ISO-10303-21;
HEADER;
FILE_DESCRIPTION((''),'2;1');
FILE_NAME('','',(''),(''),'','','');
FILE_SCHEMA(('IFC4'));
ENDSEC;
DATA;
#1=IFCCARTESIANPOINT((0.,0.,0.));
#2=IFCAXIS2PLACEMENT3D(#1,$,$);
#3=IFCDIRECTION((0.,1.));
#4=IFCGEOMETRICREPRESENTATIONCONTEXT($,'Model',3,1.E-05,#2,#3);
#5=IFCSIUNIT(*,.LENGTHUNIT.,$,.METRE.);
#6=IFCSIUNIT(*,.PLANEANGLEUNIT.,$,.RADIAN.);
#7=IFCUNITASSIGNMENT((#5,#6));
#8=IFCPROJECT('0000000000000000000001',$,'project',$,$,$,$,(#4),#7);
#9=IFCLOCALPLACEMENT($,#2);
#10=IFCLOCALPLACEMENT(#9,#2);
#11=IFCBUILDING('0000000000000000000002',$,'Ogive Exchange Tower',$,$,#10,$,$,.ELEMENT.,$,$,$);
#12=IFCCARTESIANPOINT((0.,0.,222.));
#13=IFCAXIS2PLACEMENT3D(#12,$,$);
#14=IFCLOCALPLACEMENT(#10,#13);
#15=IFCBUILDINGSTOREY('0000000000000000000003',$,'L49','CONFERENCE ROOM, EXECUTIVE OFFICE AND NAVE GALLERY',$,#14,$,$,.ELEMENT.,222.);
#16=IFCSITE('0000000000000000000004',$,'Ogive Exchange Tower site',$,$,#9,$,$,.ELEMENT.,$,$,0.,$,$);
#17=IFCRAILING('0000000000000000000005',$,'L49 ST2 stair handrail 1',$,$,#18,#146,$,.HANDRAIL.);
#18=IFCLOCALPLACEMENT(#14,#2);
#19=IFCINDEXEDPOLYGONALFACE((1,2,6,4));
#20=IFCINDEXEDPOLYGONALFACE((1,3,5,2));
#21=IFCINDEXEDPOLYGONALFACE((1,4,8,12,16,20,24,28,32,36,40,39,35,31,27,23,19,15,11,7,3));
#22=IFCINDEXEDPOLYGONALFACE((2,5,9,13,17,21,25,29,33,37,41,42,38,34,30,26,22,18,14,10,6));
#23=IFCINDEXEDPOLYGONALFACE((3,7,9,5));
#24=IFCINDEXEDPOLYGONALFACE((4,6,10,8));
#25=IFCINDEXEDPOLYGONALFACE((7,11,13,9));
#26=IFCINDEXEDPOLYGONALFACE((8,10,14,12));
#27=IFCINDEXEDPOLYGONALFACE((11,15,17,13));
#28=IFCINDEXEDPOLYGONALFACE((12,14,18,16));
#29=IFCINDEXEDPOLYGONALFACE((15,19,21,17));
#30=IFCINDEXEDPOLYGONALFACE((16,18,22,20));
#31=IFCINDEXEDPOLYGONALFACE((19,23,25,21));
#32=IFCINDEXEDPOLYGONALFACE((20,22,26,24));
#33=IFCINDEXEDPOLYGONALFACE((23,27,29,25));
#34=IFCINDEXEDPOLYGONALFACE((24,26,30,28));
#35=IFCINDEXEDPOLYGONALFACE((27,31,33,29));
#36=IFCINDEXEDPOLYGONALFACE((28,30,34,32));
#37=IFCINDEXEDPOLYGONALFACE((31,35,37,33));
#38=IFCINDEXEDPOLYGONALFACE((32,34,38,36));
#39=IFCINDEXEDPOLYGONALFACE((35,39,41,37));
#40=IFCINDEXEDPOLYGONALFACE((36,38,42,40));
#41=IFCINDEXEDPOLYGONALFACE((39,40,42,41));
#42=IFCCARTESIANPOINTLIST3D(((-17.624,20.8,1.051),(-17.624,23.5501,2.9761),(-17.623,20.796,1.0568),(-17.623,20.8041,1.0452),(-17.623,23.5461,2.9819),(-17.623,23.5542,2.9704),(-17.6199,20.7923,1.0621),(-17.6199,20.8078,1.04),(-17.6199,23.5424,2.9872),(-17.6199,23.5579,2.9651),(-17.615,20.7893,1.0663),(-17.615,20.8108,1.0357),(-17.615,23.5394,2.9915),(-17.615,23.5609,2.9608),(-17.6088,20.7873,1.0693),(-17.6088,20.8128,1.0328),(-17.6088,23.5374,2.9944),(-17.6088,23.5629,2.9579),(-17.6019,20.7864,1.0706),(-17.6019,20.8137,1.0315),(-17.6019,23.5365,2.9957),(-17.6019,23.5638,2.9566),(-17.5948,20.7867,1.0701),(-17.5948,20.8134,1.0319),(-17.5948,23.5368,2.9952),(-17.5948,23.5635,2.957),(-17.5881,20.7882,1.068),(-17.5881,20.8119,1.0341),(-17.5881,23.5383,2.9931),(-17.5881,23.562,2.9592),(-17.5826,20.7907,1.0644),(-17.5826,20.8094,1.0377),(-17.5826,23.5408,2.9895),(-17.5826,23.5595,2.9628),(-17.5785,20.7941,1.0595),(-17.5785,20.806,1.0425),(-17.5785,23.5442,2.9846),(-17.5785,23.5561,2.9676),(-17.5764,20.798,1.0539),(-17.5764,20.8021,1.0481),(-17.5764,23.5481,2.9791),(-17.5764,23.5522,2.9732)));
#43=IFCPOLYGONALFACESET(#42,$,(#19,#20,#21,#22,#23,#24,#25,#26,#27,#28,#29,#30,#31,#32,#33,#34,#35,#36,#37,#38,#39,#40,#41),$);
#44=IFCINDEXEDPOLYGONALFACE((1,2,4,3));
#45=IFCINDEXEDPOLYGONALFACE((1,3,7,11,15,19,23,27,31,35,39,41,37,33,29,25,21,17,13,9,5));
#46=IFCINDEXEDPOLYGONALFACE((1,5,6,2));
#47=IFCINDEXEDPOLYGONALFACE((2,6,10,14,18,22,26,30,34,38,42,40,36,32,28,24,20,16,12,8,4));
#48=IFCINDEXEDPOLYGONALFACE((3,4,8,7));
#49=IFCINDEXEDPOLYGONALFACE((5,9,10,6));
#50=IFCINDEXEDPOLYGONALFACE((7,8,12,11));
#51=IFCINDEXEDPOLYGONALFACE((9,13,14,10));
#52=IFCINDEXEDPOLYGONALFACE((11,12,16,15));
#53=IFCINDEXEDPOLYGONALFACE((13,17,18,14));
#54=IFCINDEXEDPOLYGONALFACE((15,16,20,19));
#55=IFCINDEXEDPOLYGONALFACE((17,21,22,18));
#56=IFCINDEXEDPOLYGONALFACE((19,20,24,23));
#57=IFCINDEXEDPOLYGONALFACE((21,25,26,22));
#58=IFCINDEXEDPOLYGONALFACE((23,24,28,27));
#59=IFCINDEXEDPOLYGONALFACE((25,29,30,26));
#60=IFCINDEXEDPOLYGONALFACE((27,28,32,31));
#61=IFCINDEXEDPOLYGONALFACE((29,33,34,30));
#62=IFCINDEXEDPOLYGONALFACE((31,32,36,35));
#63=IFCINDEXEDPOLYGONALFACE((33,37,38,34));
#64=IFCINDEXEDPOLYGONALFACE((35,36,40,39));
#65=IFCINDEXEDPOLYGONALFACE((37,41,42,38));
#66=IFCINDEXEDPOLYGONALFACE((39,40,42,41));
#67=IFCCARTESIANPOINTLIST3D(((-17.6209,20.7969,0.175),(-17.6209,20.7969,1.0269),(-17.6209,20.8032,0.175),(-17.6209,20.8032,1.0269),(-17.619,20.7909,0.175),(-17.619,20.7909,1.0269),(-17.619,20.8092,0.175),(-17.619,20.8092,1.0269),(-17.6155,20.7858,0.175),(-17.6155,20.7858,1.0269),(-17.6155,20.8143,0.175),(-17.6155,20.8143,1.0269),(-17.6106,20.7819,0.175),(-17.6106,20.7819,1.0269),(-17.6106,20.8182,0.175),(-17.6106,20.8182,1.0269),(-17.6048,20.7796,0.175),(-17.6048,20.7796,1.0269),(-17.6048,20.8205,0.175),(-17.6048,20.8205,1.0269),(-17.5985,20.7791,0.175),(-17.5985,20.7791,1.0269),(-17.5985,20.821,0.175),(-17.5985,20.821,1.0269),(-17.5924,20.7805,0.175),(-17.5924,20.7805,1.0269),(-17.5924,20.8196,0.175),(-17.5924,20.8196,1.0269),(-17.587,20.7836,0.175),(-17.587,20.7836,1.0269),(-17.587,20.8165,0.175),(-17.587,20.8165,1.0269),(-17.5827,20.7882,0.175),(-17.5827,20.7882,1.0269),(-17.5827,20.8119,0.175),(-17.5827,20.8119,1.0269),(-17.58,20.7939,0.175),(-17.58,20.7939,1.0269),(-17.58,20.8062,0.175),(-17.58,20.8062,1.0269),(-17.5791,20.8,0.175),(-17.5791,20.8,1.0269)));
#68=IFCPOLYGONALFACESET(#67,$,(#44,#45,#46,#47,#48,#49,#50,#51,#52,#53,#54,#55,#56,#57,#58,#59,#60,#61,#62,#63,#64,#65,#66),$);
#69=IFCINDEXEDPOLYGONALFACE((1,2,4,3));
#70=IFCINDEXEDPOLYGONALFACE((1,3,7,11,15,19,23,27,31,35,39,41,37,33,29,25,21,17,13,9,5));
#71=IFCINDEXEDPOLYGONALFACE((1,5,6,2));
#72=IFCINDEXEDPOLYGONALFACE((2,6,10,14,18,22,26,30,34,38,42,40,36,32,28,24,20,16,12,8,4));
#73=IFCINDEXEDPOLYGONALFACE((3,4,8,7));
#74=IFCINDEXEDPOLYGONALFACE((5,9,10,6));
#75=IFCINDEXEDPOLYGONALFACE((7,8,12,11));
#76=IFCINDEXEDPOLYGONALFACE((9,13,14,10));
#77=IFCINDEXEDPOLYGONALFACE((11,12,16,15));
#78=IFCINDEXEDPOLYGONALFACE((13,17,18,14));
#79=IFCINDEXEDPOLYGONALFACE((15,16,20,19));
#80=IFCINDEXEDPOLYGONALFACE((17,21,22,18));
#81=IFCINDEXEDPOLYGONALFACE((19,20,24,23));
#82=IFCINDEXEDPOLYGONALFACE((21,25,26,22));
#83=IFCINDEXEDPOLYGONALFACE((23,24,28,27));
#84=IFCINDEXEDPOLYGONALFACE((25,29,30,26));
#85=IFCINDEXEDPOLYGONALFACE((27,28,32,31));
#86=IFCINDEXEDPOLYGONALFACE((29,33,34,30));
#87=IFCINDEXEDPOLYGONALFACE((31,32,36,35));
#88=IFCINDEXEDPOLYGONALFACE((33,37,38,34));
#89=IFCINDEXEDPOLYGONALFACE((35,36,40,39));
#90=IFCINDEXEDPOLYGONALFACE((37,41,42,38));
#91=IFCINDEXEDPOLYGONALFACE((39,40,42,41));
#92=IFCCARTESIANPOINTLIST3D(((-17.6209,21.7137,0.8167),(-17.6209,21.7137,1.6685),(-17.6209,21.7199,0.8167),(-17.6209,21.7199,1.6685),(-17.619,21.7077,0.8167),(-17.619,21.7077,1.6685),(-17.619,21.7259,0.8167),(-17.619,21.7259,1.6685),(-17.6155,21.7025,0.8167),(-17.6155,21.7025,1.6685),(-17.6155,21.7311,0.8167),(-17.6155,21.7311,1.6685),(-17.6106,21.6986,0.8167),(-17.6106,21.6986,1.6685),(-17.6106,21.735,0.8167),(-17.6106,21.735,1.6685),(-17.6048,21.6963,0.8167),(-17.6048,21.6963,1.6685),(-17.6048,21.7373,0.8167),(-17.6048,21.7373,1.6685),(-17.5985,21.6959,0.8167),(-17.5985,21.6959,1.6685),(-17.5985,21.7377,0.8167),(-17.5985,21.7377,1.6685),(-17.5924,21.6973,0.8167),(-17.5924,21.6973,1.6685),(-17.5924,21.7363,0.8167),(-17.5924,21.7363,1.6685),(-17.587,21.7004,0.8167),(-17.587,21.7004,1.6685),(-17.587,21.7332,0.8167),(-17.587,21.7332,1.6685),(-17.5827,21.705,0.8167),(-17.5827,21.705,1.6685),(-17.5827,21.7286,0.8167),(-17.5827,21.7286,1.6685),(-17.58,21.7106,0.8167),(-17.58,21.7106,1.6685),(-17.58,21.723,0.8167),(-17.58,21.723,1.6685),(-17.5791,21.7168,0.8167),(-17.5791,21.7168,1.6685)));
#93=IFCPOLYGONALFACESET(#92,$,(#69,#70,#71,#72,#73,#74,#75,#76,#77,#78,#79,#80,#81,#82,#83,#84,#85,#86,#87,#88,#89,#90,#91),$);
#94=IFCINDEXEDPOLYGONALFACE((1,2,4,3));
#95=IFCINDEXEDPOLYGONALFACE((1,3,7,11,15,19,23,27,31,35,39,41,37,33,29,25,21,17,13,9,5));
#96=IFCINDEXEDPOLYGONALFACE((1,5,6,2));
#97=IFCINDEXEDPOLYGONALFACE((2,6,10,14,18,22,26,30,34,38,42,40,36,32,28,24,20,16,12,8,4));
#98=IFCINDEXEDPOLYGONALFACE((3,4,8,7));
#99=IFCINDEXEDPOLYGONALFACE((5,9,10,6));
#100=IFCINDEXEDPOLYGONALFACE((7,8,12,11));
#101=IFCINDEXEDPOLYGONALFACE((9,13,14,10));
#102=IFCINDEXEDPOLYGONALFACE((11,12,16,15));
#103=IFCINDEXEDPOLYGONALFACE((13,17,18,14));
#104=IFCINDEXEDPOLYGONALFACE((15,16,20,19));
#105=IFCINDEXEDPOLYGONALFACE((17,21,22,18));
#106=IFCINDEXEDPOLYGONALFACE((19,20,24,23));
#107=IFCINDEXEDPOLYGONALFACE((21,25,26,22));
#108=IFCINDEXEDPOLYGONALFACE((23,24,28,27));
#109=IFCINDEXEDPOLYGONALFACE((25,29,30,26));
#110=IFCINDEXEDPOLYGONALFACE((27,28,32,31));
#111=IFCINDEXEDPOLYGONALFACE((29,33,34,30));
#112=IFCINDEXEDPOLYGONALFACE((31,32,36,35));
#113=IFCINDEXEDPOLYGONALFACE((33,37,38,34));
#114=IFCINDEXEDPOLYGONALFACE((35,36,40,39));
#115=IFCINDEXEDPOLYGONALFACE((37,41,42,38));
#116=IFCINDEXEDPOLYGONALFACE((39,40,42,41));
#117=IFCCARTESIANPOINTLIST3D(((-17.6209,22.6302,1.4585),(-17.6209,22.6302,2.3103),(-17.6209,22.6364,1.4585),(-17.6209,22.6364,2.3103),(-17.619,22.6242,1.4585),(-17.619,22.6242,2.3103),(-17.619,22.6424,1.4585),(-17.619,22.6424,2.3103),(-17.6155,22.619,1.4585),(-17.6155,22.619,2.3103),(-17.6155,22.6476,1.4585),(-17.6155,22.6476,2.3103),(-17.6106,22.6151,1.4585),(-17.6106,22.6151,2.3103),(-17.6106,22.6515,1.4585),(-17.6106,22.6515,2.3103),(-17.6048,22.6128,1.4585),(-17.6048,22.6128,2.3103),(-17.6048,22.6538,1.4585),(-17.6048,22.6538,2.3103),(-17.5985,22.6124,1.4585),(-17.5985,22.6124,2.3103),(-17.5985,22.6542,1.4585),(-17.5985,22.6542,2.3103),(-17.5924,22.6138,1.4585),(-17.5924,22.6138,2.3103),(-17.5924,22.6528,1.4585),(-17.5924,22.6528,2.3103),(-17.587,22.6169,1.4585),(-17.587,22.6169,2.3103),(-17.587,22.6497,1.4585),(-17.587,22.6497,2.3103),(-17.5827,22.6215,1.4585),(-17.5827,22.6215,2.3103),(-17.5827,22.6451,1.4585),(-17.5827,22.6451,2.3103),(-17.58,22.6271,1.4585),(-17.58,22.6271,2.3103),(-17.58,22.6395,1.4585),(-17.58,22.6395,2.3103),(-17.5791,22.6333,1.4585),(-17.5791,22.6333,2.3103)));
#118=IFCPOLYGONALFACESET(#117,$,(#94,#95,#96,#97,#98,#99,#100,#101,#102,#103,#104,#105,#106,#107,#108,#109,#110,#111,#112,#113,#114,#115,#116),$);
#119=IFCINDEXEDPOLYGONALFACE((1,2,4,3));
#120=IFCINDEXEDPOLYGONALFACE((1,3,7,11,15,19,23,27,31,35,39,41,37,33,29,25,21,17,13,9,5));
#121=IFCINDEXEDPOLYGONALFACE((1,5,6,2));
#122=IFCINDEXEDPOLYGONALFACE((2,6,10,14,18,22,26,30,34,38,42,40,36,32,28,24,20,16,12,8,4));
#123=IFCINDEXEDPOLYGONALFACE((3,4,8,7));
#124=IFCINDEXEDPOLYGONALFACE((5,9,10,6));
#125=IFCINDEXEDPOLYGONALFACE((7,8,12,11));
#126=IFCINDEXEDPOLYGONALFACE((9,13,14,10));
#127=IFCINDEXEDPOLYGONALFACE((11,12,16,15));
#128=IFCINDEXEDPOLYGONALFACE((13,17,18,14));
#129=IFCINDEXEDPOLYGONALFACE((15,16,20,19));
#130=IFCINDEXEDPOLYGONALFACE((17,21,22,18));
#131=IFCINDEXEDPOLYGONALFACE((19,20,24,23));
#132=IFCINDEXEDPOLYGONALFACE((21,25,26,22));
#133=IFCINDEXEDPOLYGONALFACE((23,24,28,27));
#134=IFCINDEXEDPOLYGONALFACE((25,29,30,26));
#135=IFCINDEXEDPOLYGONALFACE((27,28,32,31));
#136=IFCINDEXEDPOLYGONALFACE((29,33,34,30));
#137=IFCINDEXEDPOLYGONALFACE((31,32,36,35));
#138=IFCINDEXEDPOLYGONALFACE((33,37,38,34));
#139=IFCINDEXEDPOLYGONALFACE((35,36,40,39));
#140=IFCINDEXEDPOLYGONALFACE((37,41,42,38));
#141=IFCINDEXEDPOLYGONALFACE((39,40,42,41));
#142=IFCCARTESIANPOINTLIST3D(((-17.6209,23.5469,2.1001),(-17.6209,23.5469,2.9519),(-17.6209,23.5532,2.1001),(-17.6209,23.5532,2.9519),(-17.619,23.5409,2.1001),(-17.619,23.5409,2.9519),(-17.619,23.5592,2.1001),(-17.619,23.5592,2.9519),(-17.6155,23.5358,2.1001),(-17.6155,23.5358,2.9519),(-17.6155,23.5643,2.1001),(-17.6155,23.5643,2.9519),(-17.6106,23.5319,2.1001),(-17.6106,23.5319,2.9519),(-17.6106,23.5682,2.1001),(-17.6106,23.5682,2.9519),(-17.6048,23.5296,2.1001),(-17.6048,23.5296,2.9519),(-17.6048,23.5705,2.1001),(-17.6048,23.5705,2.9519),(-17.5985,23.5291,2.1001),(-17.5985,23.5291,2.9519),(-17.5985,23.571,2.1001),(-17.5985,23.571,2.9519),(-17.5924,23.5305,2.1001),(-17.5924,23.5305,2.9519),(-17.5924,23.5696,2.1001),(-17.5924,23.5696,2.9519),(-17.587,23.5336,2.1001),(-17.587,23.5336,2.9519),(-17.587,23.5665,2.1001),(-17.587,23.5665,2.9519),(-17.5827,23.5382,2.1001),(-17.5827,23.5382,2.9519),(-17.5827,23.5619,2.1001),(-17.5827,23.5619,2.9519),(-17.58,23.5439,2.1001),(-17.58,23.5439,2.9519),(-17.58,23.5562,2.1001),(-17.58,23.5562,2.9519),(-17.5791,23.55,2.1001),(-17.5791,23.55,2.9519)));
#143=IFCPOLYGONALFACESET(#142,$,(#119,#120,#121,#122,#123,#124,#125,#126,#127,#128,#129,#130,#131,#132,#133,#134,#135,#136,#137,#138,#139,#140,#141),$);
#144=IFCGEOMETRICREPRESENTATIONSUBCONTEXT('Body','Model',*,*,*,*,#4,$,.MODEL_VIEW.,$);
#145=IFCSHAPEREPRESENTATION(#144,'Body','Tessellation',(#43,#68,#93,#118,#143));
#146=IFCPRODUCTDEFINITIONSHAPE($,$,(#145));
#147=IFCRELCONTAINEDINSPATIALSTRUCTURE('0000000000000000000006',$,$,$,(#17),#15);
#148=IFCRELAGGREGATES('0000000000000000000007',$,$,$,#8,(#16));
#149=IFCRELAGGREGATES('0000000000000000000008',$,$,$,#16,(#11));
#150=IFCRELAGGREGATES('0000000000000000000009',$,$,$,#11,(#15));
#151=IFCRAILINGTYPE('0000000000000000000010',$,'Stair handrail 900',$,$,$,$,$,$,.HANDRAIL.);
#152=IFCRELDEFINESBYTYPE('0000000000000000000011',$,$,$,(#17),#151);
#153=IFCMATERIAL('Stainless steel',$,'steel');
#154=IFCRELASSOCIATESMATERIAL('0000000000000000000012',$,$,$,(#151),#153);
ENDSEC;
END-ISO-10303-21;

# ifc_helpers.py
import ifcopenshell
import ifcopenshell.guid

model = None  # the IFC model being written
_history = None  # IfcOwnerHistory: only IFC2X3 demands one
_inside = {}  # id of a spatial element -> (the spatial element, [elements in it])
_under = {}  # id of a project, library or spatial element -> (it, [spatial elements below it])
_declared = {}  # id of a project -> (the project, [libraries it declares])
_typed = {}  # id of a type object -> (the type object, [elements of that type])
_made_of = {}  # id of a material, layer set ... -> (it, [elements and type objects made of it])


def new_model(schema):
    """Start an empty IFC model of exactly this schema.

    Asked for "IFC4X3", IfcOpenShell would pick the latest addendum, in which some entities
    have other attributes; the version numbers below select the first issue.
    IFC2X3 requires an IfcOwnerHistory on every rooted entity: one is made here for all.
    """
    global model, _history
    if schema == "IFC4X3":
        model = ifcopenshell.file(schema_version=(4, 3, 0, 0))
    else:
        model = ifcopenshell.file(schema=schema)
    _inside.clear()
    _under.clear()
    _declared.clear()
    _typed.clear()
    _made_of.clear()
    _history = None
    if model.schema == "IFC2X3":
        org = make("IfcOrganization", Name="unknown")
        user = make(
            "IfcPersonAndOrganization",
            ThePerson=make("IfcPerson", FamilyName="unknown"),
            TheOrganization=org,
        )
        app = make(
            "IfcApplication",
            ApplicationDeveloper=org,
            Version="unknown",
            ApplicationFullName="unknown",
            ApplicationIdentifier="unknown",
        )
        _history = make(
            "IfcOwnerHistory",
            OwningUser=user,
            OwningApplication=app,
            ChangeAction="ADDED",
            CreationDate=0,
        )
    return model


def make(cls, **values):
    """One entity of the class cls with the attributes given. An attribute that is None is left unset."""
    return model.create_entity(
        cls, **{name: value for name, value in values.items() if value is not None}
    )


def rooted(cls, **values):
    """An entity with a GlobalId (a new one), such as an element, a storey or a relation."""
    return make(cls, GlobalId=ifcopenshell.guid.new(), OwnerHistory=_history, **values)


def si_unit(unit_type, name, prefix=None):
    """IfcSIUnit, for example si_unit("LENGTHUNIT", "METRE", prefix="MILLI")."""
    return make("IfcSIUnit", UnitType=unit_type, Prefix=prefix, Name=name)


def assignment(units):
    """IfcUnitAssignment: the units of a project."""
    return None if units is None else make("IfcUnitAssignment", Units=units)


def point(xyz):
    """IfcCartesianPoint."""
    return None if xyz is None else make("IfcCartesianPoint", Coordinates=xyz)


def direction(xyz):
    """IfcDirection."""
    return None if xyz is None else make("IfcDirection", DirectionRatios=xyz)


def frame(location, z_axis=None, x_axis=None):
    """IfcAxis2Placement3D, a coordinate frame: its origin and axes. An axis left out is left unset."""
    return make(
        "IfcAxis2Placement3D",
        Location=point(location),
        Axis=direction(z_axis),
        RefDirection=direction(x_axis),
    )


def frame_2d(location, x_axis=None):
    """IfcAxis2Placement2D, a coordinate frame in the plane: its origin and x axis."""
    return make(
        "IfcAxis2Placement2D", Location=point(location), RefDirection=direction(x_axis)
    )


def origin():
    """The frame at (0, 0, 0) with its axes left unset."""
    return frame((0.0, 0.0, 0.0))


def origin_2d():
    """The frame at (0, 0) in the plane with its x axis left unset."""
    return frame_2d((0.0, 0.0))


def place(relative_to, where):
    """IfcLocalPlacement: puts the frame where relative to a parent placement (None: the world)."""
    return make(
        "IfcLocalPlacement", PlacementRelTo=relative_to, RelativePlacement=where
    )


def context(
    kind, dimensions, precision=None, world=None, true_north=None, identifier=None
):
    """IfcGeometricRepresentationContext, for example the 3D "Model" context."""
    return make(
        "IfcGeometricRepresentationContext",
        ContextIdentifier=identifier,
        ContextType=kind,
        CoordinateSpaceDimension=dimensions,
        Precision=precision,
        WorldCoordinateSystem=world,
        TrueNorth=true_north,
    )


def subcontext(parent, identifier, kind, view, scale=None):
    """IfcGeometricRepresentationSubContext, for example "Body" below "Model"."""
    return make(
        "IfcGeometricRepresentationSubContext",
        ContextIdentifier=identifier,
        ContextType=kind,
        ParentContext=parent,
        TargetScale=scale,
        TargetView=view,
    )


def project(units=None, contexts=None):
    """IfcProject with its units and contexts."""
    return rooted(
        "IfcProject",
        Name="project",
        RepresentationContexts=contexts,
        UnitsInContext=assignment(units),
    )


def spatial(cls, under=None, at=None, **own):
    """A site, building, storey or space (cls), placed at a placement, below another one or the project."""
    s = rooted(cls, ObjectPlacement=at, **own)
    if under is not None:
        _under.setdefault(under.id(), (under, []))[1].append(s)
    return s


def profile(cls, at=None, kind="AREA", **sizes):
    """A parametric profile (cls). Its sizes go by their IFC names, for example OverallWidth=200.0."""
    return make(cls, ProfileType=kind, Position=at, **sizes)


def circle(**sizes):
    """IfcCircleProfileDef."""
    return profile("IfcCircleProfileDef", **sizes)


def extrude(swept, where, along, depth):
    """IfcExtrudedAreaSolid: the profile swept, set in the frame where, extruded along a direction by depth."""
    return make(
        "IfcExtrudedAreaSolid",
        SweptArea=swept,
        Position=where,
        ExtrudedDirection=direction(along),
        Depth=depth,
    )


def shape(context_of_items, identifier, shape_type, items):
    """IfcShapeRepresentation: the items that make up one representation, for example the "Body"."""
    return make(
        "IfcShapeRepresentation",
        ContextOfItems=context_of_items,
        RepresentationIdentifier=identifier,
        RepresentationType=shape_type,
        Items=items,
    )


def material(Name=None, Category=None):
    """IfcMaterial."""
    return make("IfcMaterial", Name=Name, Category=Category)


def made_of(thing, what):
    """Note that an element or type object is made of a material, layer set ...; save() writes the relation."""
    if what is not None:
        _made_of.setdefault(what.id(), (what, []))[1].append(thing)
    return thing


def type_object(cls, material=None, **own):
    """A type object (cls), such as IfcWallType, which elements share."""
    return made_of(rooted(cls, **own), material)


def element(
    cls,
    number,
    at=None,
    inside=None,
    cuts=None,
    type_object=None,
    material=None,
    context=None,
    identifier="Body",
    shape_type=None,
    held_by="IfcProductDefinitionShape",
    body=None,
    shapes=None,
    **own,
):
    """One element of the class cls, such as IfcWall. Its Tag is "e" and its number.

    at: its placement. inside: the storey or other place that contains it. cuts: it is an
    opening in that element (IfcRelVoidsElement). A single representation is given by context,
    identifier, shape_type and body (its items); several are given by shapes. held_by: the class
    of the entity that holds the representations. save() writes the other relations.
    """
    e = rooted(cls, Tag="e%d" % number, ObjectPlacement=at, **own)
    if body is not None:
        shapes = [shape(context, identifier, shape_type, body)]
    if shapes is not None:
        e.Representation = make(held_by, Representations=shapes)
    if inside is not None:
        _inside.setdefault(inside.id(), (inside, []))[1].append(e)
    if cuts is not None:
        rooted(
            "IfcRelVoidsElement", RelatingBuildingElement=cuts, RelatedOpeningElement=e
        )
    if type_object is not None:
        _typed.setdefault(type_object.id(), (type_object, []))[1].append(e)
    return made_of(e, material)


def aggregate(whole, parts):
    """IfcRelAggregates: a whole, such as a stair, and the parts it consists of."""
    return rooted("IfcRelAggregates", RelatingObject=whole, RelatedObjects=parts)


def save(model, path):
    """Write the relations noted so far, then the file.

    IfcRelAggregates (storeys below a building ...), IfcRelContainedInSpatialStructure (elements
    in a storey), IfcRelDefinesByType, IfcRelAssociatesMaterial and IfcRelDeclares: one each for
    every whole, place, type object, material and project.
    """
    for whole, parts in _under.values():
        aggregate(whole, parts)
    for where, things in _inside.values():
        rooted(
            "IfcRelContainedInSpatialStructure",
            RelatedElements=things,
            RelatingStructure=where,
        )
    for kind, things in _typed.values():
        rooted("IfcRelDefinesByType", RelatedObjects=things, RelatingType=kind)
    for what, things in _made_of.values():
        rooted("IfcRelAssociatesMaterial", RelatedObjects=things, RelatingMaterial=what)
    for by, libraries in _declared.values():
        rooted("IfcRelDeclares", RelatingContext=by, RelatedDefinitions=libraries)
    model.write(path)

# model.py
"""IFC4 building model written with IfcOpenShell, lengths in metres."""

from ifc_helpers import new_model, si_unit, direction, frame, origin, origin_2d, place, context, subcontext, project, spatial, circle, extrude, material, type_object, element, save


model = new_model("IFC4")

# Units and contexts
model_context = context("Model", 3, precision=1e-05, world=origin(), true_north=direction((0.0, 1.0)))
body_context = subcontext(model_context, "Body", "Model", "MODEL_VIEW")
ifc_project = project(units=[si_unit("LENGTHUNIT", "METRE"), si_unit("PLANEANGLEUNIT", "RADIAN")], contexts=[model_context])

# Site, building, storey
site_placement = place(None, origin())
site = spatial("IfcSite", under=ifc_project, at=site_placement, Name="Ogive Exchange Tower site", CompositionType="ELEMENT", RefElevation=0.0)
building_placement = place(site_placement, origin())
building = spatial("IfcBuilding", under=site, at=building_placement, Name="Ogive Exchange Tower", CompositionType="ELEMENT")
storey_placement = place(building_placement, frame((0.0, 0.0, 222.0)))
storey = spatial("IfcBuildingStorey", under=building, at=storey_placement, Name="L49", Description="CONFERENCE ROOM, EXECUTIVE OFFICE AND NAVE GALLERY", CompositionType="ELEMENT", Elevation=222.0)

# Shared definitions
ifc_material_1 = material(Name="Stainless steel", Category="steel")

# Railing
railing_type = type_object("IfcRailingType", Name="Stair handrail 900", PredefinedType="HANDRAIL", material=ifc_material_1)
railing_1_placement = place(storey_placement, frame((-17.6001, 20.8, 0.175)))
element("IfcRailing", 1, at=railing_1_placement, inside=storey, type_object=railing_type, Name="L49 ST2 stair handrail 1", PredefinedType="HANDRAIL", context=body_context, shape_type="SweptSolid", body=[
    extrude(circle(Radius=0.0239, at=origin_2d()), frame((0.0, 0.0, 0.876), z_axis=(0.0, 0.819225, 0.573472), x_axis=(-1.0, 0.0, 0.0)), (0.0, 0.0, 1.0), 3.3569),
    extrude(circle(Radius=0.021, at=origin_2d()), origin(), (0.0, 0.0, 1.0), 0.8518),
    extrude(circle(Radius=0.021, at=origin_2d()), frame((0.0, 0.9167, 0.6416)), (0.0, 0.0, 1.0), 0.8518),
    extrude(circle(Radius=0.021, at=origin_2d()), frame((0.0, 1.8333, 1.2834)), (0.0, 0.0, 1.0), 0.8518),
    extrude(circle(Radius=0.021, at=origin_2d()), frame((0.0, 2.75, 1.925)), (0.0, 0.0, 1.0), 0.8518),
])

save(model, "model.ifc")
